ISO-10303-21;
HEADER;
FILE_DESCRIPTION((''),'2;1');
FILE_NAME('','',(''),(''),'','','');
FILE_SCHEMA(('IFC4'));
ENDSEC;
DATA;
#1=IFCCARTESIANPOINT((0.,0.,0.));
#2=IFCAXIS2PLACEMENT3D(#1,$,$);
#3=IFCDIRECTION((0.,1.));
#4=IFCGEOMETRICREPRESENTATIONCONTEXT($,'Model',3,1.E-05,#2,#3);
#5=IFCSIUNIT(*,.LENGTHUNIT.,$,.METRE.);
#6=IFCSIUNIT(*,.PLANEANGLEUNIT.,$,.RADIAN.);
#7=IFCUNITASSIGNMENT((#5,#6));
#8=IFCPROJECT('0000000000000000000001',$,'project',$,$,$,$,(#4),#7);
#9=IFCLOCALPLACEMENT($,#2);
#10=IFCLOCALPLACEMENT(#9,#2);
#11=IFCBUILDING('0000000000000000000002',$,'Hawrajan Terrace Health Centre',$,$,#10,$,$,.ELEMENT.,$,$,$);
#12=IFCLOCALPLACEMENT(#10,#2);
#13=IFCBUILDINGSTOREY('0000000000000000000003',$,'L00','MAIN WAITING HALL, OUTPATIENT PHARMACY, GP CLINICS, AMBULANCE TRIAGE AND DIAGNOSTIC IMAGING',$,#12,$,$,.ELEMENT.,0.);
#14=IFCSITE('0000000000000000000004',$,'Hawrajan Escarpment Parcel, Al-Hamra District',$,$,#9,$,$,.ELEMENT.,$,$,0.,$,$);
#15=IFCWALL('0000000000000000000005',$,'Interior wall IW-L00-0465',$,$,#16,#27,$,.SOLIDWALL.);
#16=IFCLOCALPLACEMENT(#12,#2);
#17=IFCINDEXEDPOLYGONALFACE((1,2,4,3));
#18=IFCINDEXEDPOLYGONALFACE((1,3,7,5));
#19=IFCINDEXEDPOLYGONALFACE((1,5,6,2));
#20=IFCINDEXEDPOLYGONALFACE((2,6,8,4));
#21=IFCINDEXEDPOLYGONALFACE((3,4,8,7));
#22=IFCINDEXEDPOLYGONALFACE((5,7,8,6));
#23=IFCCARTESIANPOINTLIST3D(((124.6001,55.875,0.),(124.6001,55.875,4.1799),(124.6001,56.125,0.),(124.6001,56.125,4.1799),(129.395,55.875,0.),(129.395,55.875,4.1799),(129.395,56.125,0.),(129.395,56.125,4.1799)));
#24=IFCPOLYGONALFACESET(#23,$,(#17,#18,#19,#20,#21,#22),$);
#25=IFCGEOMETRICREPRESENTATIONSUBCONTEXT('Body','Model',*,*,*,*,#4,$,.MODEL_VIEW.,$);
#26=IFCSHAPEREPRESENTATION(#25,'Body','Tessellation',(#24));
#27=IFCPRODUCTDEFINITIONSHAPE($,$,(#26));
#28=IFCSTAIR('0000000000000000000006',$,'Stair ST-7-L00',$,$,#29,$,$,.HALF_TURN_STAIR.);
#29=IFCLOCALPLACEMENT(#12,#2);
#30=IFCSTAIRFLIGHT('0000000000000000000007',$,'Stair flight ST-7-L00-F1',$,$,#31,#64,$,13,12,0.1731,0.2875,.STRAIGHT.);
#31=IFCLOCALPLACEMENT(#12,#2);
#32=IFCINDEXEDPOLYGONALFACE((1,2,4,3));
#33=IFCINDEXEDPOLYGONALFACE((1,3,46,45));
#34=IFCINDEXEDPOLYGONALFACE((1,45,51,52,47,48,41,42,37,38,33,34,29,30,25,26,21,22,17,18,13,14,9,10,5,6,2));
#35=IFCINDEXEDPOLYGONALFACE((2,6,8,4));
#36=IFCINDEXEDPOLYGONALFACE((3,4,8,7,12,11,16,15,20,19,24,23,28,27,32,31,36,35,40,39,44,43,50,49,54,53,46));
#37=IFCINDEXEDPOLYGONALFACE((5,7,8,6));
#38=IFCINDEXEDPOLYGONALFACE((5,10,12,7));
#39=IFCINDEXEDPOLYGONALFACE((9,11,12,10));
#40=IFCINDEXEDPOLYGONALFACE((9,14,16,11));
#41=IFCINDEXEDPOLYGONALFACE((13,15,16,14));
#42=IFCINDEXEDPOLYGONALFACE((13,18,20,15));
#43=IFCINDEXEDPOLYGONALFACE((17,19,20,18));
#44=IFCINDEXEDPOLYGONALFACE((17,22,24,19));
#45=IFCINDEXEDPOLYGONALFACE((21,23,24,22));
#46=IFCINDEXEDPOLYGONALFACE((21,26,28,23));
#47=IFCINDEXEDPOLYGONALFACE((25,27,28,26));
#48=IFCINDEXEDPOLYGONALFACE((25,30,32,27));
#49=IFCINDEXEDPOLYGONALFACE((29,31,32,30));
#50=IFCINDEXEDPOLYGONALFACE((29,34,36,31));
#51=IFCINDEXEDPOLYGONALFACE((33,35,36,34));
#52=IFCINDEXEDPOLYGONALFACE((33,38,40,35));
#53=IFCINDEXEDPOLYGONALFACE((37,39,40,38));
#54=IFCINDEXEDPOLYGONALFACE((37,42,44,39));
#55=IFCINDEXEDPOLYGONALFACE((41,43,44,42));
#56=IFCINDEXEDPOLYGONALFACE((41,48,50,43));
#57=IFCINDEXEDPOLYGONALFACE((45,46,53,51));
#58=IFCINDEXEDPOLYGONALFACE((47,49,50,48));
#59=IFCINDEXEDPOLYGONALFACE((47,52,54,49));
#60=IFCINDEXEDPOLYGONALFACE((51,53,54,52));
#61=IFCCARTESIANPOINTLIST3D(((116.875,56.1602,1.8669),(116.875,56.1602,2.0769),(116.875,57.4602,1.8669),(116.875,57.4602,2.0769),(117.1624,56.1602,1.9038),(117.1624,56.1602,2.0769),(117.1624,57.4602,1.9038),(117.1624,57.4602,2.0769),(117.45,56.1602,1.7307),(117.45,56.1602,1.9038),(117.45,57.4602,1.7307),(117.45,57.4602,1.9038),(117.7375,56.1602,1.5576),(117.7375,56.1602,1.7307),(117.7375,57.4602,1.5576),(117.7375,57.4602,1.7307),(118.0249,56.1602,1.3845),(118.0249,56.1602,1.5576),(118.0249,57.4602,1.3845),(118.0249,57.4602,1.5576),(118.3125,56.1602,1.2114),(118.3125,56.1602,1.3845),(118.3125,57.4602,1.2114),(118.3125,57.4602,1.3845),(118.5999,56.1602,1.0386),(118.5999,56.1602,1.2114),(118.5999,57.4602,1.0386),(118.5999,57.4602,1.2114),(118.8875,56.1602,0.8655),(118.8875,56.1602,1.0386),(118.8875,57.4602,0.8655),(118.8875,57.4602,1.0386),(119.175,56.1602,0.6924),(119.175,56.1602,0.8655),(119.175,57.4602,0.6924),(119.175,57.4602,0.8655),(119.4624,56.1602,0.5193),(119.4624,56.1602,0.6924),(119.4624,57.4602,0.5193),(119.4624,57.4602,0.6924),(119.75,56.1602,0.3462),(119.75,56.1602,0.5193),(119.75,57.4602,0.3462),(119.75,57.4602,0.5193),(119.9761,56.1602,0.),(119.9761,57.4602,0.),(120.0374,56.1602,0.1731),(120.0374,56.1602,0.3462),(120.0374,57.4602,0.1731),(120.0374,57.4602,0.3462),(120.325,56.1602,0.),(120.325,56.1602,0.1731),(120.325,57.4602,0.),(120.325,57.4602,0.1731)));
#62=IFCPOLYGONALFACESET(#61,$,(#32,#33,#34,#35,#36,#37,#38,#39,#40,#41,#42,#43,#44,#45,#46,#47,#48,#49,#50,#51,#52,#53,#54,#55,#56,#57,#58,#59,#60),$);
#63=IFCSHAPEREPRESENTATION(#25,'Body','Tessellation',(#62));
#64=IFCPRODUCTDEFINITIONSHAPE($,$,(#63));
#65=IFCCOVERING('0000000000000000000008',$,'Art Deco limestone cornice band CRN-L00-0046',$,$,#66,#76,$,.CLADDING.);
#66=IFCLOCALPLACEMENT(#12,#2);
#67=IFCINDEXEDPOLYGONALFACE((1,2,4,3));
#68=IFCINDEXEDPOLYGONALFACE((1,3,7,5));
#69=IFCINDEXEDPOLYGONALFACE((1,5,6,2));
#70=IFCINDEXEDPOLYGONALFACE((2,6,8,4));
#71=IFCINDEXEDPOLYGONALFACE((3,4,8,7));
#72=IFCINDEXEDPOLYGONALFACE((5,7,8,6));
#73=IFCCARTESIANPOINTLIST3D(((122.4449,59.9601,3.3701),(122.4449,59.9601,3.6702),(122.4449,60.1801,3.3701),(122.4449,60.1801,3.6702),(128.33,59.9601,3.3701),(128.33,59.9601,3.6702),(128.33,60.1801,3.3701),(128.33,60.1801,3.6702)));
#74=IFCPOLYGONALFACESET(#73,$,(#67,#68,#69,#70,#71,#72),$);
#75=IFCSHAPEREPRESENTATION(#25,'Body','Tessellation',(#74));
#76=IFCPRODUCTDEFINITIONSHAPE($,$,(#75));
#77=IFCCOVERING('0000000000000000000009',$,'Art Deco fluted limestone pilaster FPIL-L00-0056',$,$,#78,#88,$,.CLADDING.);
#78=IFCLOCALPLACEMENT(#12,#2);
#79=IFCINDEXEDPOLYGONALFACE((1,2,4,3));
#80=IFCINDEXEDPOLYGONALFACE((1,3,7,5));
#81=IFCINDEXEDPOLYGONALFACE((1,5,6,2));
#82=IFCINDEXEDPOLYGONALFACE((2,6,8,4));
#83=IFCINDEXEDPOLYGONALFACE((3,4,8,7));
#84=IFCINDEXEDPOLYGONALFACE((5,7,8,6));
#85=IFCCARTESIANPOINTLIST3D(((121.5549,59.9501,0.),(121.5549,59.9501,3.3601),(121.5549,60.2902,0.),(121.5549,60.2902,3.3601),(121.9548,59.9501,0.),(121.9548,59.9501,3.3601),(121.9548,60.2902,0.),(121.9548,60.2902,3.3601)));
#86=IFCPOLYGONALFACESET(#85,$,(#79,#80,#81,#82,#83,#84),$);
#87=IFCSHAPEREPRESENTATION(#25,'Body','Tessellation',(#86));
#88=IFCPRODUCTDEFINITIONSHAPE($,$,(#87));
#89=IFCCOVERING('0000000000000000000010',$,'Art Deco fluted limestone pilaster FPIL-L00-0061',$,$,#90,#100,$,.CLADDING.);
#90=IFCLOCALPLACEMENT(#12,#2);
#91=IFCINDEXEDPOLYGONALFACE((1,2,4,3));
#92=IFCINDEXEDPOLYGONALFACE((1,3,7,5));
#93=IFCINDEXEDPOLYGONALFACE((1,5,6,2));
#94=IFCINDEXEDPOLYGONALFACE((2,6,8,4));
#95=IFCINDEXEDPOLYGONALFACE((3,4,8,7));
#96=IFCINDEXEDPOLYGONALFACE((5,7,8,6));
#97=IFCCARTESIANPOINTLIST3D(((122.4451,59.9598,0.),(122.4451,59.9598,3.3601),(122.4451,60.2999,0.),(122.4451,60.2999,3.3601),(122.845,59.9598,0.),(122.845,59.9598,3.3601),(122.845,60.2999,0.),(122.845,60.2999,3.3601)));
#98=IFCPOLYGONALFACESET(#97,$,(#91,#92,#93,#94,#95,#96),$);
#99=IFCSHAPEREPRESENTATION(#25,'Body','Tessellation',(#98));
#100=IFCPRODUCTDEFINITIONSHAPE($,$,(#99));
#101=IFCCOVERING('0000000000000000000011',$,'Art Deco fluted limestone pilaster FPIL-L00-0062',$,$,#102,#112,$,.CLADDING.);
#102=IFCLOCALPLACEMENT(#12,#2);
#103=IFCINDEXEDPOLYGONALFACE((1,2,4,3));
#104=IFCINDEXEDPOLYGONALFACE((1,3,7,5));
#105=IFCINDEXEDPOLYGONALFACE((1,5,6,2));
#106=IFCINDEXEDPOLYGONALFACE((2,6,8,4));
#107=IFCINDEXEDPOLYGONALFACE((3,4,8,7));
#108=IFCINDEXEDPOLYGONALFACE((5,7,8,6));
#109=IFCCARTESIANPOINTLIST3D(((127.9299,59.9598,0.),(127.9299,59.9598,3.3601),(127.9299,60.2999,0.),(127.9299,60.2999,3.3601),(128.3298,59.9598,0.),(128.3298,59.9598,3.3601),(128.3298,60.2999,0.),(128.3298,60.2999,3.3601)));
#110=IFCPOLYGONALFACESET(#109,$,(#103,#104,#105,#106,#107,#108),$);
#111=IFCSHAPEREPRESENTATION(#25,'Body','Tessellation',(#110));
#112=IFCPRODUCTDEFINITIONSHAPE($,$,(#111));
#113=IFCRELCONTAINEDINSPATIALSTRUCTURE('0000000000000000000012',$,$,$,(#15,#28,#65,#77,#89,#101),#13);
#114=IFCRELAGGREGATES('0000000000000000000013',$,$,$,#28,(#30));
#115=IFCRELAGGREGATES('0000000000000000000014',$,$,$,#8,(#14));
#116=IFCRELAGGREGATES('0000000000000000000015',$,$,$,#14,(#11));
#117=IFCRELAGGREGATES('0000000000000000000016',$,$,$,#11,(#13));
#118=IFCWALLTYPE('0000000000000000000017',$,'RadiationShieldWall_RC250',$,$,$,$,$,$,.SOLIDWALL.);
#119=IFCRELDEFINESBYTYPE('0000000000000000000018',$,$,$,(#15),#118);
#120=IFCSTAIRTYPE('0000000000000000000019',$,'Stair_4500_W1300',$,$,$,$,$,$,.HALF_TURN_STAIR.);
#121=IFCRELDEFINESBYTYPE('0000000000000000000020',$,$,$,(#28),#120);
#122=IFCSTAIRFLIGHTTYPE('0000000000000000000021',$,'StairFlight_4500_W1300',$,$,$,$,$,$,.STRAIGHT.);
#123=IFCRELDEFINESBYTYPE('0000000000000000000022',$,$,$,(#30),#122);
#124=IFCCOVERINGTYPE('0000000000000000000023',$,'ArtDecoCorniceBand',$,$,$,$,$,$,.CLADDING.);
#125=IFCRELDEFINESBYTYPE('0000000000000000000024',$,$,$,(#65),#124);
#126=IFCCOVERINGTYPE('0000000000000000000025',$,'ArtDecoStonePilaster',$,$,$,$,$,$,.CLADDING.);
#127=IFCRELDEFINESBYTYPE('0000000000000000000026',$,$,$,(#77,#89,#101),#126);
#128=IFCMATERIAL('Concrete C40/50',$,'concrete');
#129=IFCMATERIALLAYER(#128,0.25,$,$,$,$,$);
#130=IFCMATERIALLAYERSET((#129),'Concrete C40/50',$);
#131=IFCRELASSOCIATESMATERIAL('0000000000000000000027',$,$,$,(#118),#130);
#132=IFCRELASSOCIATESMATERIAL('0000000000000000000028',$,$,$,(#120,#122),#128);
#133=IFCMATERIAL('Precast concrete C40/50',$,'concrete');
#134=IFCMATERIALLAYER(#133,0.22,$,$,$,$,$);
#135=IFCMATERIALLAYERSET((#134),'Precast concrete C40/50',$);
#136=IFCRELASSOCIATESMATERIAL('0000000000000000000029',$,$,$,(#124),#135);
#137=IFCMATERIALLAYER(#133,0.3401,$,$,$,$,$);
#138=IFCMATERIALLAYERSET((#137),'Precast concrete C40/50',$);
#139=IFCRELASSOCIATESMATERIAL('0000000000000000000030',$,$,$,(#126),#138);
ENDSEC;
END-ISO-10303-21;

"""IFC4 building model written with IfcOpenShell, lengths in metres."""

from ifc_helpers import new_model, si_unit, direction, frame, frame_2d, origin, origin_2d, place, context, subcontext, project, spatial, polyline, rectangle, outline, extrude, material, layer, layer_set, type_object, element, aggregate, save


model = new_model("IFC4")

# Units and contexts
model_context = context("Model", 3, precision=1e-05, world=origin(), true_north=direction((0.0, 1.0)))
body_context = subcontext(model_context, "Body", "Model", "MODEL_VIEW")
ifc_project = project(units=[si_unit("LENGTHUNIT", "METRE"), si_unit("PLANEANGLEUNIT", "RADIAN")], contexts=[model_context])

# Site, building, storey
site_placement = place(None, origin())
site = spatial("IfcSite", under=ifc_project, at=site_placement, Name="Hawrajan Escarpment Parcel, Al-Hamra District", CompositionType="ELEMENT", RefElevation=0.0)
building_placement = place(site_placement, origin())
building = spatial("IfcBuilding", under=site, at=building_placement, Name="Hawrajan Terrace Health Centre", CompositionType="ELEMENT")
storey_placement = place(building_placement, origin())
storey = spatial("IfcBuildingStorey", under=building, at=storey_placement, Name="L00", Description="MAIN WAITING HALL, OUTPATIENT PHARMACY, GP CLINICS, AMBULANCE TRIAGE AND DIAGNOSTIC IMAGING", CompositionType="ELEMENT", Elevation=0.0)

# Shared definitions
ifc_material_1 = material(Name="Concrete C40/50", Category="concrete")

# Shared definitions
ifc_material_2 = material(Name="Precast concrete C40/50", Category="concrete")

# Wall
ifc_layer_1 = layer(ifc_material_1, 0.25)
ifc_layer_set_1 = layer_set([ifc_layer_1], Name="Concrete C40/50")
wall_type_1 = type_object("IfcWallType", Name="RadiationShieldWall_RC250", PredefinedType="SOLIDWALL", material=ifc_layer_set_1)
wall_1_placement = place(storey_placement, frame((124.6001, 56.0, 0.0), z_axis=(0.0, 0.0, 1.0), x_axis=(1.0, 0.0, 0.0)))
element("IfcWall", 1, at=wall_1_placement, inside=storey, type_object=wall_type_1, Name="Interior wall IW-L00-0465", PredefinedType="SOLIDWALL", context=body_context, shape_type="SweptSolid", body=[
    extrude(rectangle(XDim=4.7949, YDim=0.25, at=frame_2d((2.3975, 0.0))), origin(), (0.0, 0.0, 1.0), 4.1799),
])

# Stair, stair flight
stair_type = type_object("IfcStairType", Name="Stair_4500_W1300", PredefinedType="HALF_TURN_STAIR", material=ifc_material_1)
stair_placement = place(storey_placement, origin())
stair = element("IfcStair", 2, at=stair_placement, inside=storey, type_object=stair_type, Name="Stair ST-7-L00", PredefinedType="HALF_TURN_STAIR")
stair_flight_type = type_object("IfcStairFlightType", Name="StairFlight_4500_W1300", PredefinedType="STRAIGHT", material=ifc_material_1)
stair_flight_placement = place(storey_placement, frame((120.325, 56.8101, 0.0), z_axis=(0.0, 0.0, 1.0), x_axis=(-1.0, 0.0, 0.0)))
stair_flight = element("IfcStairFlight", 3, at=stair_flight_placement, type_object=stair_flight_type, Name="Stair flight ST-7-L00-F1", NumberOfRisers=13, NumberOfTreads=12, PredefinedType="STRAIGHT", RiserHeight=0.1731, TreadLength=0.2875, context=body_context, shape_type="SweptSolid", body=[
    extrude(outline(polyline([(0.0, 0.0), (0.0, 0.1731), (0.2876, 0.1731), (0.2876, 0.3462), (0.575, 0.3462), (0.575, 0.5193), (0.8625, 0.5193), (0.8625, 0.6924), (1.1499, 0.6924), (1.1499, 0.8655), (1.4375, 0.8655), (1.4375, 1.0386), (1.7251, 1.0386), (1.7251, 1.2114), (2.0125, 1.2114), (2.0125, 1.3845), (2.3, 1.3845), (2.3, 1.5576), (2.5874, 1.5576), (2.5874, 1.7307), (2.875, 1.7307), (2.875, 1.9038), (3.1626, 1.9038), (3.1626, 2.0769), (3.45, 2.0769), (3.45, 2.25), (3.45, 1.8669), (0.3489, 0.0), (0.0, 0.0)])), frame((0.0, 0.6499, 0.0), z_axis=(0.0, -1.0, 0.0), x_axis=(1.0, 0.0, 0.0)), (0.0, 0.0, 1.0), 1.3),
])
aggregate(stair, [stair_flight])

# Coverings
ifc_layer_2 = layer(ifc_material_2, 0.22)
ifc_layer_set_2 = layer_set([ifc_layer_2], Name="Precast concrete C40/50")
covering_type_1 = type_object("IfcCoveringType", Name="ArtDecoCorniceBand", PredefinedType="CLADDING", material=ifc_layer_set_2)
covering_placement = place(storey_placement, frame((125.3875, 60.0701, 3.3701), z_axis=(0.0, 0.0, 1.0), x_axis=(1.0, 0.0, 0.0)))
element("IfcCovering", 4, at=covering_placement, inside=storey, type_object=covering_type_1, Name="Art Deco limestone cornice band CRN-L00-0046", PredefinedType="CLADDING", context=body_context, shape_type="SweptSolid", body=[
    extrude(rectangle(XDim=5.885, YDim=0.22, at=origin_2d()), origin(), (0.0, 0.0, 1.0), 0.3),
])
ifc_layer_3 = layer(ifc_material_2, 0.3401)
ifc_layer_set_3 = layer_set([ifc_layer_3], Name="Precast concrete C40/50")
covering_type_2 = type_object("IfcCoveringType", Name="ArtDecoStonePilaster", PredefinedType="CLADDING", material=ifc_layer_set_3)
for number, where, z_axis, x_axis, name in (
    (5, (121.7549, 60.1201, 0.0), (0.0, 0.0, 1.0), (1.0, 0.0, 0.0), "Art Deco fluted limestone pilaster FPIL-L00-0056"),
    (6, (122.645, 60.1299, 0.0), (0.0, 0.0, 1.0), (1.0, 0.0, 0.0), "Art Deco fluted limestone pilaster FPIL-L00-0061"),
    (7, (128.1299, 60.1299, 0.0), (0.0, 0.0, 1.0), (1.0, 0.0, 0.0), "Art Deco fluted limestone pilaster FPIL-L00-0062"),
):
    element("IfcCovering", number, at=place(storey_placement, frame(where, z_axis=z_axis, x_axis=x_axis)), inside=storey, type_object=covering_type_2, Name=name, PredefinedType="CLADDING", context=body_context, shape_type="SweptSolid", body=[
        extrude(rectangle(XDim=0.3999, YDim=0.3401, at=origin_2d()), origin(), (0.0, 0.0, 1.0), 3.3601),
    ])

save(model, "model.ifc")
